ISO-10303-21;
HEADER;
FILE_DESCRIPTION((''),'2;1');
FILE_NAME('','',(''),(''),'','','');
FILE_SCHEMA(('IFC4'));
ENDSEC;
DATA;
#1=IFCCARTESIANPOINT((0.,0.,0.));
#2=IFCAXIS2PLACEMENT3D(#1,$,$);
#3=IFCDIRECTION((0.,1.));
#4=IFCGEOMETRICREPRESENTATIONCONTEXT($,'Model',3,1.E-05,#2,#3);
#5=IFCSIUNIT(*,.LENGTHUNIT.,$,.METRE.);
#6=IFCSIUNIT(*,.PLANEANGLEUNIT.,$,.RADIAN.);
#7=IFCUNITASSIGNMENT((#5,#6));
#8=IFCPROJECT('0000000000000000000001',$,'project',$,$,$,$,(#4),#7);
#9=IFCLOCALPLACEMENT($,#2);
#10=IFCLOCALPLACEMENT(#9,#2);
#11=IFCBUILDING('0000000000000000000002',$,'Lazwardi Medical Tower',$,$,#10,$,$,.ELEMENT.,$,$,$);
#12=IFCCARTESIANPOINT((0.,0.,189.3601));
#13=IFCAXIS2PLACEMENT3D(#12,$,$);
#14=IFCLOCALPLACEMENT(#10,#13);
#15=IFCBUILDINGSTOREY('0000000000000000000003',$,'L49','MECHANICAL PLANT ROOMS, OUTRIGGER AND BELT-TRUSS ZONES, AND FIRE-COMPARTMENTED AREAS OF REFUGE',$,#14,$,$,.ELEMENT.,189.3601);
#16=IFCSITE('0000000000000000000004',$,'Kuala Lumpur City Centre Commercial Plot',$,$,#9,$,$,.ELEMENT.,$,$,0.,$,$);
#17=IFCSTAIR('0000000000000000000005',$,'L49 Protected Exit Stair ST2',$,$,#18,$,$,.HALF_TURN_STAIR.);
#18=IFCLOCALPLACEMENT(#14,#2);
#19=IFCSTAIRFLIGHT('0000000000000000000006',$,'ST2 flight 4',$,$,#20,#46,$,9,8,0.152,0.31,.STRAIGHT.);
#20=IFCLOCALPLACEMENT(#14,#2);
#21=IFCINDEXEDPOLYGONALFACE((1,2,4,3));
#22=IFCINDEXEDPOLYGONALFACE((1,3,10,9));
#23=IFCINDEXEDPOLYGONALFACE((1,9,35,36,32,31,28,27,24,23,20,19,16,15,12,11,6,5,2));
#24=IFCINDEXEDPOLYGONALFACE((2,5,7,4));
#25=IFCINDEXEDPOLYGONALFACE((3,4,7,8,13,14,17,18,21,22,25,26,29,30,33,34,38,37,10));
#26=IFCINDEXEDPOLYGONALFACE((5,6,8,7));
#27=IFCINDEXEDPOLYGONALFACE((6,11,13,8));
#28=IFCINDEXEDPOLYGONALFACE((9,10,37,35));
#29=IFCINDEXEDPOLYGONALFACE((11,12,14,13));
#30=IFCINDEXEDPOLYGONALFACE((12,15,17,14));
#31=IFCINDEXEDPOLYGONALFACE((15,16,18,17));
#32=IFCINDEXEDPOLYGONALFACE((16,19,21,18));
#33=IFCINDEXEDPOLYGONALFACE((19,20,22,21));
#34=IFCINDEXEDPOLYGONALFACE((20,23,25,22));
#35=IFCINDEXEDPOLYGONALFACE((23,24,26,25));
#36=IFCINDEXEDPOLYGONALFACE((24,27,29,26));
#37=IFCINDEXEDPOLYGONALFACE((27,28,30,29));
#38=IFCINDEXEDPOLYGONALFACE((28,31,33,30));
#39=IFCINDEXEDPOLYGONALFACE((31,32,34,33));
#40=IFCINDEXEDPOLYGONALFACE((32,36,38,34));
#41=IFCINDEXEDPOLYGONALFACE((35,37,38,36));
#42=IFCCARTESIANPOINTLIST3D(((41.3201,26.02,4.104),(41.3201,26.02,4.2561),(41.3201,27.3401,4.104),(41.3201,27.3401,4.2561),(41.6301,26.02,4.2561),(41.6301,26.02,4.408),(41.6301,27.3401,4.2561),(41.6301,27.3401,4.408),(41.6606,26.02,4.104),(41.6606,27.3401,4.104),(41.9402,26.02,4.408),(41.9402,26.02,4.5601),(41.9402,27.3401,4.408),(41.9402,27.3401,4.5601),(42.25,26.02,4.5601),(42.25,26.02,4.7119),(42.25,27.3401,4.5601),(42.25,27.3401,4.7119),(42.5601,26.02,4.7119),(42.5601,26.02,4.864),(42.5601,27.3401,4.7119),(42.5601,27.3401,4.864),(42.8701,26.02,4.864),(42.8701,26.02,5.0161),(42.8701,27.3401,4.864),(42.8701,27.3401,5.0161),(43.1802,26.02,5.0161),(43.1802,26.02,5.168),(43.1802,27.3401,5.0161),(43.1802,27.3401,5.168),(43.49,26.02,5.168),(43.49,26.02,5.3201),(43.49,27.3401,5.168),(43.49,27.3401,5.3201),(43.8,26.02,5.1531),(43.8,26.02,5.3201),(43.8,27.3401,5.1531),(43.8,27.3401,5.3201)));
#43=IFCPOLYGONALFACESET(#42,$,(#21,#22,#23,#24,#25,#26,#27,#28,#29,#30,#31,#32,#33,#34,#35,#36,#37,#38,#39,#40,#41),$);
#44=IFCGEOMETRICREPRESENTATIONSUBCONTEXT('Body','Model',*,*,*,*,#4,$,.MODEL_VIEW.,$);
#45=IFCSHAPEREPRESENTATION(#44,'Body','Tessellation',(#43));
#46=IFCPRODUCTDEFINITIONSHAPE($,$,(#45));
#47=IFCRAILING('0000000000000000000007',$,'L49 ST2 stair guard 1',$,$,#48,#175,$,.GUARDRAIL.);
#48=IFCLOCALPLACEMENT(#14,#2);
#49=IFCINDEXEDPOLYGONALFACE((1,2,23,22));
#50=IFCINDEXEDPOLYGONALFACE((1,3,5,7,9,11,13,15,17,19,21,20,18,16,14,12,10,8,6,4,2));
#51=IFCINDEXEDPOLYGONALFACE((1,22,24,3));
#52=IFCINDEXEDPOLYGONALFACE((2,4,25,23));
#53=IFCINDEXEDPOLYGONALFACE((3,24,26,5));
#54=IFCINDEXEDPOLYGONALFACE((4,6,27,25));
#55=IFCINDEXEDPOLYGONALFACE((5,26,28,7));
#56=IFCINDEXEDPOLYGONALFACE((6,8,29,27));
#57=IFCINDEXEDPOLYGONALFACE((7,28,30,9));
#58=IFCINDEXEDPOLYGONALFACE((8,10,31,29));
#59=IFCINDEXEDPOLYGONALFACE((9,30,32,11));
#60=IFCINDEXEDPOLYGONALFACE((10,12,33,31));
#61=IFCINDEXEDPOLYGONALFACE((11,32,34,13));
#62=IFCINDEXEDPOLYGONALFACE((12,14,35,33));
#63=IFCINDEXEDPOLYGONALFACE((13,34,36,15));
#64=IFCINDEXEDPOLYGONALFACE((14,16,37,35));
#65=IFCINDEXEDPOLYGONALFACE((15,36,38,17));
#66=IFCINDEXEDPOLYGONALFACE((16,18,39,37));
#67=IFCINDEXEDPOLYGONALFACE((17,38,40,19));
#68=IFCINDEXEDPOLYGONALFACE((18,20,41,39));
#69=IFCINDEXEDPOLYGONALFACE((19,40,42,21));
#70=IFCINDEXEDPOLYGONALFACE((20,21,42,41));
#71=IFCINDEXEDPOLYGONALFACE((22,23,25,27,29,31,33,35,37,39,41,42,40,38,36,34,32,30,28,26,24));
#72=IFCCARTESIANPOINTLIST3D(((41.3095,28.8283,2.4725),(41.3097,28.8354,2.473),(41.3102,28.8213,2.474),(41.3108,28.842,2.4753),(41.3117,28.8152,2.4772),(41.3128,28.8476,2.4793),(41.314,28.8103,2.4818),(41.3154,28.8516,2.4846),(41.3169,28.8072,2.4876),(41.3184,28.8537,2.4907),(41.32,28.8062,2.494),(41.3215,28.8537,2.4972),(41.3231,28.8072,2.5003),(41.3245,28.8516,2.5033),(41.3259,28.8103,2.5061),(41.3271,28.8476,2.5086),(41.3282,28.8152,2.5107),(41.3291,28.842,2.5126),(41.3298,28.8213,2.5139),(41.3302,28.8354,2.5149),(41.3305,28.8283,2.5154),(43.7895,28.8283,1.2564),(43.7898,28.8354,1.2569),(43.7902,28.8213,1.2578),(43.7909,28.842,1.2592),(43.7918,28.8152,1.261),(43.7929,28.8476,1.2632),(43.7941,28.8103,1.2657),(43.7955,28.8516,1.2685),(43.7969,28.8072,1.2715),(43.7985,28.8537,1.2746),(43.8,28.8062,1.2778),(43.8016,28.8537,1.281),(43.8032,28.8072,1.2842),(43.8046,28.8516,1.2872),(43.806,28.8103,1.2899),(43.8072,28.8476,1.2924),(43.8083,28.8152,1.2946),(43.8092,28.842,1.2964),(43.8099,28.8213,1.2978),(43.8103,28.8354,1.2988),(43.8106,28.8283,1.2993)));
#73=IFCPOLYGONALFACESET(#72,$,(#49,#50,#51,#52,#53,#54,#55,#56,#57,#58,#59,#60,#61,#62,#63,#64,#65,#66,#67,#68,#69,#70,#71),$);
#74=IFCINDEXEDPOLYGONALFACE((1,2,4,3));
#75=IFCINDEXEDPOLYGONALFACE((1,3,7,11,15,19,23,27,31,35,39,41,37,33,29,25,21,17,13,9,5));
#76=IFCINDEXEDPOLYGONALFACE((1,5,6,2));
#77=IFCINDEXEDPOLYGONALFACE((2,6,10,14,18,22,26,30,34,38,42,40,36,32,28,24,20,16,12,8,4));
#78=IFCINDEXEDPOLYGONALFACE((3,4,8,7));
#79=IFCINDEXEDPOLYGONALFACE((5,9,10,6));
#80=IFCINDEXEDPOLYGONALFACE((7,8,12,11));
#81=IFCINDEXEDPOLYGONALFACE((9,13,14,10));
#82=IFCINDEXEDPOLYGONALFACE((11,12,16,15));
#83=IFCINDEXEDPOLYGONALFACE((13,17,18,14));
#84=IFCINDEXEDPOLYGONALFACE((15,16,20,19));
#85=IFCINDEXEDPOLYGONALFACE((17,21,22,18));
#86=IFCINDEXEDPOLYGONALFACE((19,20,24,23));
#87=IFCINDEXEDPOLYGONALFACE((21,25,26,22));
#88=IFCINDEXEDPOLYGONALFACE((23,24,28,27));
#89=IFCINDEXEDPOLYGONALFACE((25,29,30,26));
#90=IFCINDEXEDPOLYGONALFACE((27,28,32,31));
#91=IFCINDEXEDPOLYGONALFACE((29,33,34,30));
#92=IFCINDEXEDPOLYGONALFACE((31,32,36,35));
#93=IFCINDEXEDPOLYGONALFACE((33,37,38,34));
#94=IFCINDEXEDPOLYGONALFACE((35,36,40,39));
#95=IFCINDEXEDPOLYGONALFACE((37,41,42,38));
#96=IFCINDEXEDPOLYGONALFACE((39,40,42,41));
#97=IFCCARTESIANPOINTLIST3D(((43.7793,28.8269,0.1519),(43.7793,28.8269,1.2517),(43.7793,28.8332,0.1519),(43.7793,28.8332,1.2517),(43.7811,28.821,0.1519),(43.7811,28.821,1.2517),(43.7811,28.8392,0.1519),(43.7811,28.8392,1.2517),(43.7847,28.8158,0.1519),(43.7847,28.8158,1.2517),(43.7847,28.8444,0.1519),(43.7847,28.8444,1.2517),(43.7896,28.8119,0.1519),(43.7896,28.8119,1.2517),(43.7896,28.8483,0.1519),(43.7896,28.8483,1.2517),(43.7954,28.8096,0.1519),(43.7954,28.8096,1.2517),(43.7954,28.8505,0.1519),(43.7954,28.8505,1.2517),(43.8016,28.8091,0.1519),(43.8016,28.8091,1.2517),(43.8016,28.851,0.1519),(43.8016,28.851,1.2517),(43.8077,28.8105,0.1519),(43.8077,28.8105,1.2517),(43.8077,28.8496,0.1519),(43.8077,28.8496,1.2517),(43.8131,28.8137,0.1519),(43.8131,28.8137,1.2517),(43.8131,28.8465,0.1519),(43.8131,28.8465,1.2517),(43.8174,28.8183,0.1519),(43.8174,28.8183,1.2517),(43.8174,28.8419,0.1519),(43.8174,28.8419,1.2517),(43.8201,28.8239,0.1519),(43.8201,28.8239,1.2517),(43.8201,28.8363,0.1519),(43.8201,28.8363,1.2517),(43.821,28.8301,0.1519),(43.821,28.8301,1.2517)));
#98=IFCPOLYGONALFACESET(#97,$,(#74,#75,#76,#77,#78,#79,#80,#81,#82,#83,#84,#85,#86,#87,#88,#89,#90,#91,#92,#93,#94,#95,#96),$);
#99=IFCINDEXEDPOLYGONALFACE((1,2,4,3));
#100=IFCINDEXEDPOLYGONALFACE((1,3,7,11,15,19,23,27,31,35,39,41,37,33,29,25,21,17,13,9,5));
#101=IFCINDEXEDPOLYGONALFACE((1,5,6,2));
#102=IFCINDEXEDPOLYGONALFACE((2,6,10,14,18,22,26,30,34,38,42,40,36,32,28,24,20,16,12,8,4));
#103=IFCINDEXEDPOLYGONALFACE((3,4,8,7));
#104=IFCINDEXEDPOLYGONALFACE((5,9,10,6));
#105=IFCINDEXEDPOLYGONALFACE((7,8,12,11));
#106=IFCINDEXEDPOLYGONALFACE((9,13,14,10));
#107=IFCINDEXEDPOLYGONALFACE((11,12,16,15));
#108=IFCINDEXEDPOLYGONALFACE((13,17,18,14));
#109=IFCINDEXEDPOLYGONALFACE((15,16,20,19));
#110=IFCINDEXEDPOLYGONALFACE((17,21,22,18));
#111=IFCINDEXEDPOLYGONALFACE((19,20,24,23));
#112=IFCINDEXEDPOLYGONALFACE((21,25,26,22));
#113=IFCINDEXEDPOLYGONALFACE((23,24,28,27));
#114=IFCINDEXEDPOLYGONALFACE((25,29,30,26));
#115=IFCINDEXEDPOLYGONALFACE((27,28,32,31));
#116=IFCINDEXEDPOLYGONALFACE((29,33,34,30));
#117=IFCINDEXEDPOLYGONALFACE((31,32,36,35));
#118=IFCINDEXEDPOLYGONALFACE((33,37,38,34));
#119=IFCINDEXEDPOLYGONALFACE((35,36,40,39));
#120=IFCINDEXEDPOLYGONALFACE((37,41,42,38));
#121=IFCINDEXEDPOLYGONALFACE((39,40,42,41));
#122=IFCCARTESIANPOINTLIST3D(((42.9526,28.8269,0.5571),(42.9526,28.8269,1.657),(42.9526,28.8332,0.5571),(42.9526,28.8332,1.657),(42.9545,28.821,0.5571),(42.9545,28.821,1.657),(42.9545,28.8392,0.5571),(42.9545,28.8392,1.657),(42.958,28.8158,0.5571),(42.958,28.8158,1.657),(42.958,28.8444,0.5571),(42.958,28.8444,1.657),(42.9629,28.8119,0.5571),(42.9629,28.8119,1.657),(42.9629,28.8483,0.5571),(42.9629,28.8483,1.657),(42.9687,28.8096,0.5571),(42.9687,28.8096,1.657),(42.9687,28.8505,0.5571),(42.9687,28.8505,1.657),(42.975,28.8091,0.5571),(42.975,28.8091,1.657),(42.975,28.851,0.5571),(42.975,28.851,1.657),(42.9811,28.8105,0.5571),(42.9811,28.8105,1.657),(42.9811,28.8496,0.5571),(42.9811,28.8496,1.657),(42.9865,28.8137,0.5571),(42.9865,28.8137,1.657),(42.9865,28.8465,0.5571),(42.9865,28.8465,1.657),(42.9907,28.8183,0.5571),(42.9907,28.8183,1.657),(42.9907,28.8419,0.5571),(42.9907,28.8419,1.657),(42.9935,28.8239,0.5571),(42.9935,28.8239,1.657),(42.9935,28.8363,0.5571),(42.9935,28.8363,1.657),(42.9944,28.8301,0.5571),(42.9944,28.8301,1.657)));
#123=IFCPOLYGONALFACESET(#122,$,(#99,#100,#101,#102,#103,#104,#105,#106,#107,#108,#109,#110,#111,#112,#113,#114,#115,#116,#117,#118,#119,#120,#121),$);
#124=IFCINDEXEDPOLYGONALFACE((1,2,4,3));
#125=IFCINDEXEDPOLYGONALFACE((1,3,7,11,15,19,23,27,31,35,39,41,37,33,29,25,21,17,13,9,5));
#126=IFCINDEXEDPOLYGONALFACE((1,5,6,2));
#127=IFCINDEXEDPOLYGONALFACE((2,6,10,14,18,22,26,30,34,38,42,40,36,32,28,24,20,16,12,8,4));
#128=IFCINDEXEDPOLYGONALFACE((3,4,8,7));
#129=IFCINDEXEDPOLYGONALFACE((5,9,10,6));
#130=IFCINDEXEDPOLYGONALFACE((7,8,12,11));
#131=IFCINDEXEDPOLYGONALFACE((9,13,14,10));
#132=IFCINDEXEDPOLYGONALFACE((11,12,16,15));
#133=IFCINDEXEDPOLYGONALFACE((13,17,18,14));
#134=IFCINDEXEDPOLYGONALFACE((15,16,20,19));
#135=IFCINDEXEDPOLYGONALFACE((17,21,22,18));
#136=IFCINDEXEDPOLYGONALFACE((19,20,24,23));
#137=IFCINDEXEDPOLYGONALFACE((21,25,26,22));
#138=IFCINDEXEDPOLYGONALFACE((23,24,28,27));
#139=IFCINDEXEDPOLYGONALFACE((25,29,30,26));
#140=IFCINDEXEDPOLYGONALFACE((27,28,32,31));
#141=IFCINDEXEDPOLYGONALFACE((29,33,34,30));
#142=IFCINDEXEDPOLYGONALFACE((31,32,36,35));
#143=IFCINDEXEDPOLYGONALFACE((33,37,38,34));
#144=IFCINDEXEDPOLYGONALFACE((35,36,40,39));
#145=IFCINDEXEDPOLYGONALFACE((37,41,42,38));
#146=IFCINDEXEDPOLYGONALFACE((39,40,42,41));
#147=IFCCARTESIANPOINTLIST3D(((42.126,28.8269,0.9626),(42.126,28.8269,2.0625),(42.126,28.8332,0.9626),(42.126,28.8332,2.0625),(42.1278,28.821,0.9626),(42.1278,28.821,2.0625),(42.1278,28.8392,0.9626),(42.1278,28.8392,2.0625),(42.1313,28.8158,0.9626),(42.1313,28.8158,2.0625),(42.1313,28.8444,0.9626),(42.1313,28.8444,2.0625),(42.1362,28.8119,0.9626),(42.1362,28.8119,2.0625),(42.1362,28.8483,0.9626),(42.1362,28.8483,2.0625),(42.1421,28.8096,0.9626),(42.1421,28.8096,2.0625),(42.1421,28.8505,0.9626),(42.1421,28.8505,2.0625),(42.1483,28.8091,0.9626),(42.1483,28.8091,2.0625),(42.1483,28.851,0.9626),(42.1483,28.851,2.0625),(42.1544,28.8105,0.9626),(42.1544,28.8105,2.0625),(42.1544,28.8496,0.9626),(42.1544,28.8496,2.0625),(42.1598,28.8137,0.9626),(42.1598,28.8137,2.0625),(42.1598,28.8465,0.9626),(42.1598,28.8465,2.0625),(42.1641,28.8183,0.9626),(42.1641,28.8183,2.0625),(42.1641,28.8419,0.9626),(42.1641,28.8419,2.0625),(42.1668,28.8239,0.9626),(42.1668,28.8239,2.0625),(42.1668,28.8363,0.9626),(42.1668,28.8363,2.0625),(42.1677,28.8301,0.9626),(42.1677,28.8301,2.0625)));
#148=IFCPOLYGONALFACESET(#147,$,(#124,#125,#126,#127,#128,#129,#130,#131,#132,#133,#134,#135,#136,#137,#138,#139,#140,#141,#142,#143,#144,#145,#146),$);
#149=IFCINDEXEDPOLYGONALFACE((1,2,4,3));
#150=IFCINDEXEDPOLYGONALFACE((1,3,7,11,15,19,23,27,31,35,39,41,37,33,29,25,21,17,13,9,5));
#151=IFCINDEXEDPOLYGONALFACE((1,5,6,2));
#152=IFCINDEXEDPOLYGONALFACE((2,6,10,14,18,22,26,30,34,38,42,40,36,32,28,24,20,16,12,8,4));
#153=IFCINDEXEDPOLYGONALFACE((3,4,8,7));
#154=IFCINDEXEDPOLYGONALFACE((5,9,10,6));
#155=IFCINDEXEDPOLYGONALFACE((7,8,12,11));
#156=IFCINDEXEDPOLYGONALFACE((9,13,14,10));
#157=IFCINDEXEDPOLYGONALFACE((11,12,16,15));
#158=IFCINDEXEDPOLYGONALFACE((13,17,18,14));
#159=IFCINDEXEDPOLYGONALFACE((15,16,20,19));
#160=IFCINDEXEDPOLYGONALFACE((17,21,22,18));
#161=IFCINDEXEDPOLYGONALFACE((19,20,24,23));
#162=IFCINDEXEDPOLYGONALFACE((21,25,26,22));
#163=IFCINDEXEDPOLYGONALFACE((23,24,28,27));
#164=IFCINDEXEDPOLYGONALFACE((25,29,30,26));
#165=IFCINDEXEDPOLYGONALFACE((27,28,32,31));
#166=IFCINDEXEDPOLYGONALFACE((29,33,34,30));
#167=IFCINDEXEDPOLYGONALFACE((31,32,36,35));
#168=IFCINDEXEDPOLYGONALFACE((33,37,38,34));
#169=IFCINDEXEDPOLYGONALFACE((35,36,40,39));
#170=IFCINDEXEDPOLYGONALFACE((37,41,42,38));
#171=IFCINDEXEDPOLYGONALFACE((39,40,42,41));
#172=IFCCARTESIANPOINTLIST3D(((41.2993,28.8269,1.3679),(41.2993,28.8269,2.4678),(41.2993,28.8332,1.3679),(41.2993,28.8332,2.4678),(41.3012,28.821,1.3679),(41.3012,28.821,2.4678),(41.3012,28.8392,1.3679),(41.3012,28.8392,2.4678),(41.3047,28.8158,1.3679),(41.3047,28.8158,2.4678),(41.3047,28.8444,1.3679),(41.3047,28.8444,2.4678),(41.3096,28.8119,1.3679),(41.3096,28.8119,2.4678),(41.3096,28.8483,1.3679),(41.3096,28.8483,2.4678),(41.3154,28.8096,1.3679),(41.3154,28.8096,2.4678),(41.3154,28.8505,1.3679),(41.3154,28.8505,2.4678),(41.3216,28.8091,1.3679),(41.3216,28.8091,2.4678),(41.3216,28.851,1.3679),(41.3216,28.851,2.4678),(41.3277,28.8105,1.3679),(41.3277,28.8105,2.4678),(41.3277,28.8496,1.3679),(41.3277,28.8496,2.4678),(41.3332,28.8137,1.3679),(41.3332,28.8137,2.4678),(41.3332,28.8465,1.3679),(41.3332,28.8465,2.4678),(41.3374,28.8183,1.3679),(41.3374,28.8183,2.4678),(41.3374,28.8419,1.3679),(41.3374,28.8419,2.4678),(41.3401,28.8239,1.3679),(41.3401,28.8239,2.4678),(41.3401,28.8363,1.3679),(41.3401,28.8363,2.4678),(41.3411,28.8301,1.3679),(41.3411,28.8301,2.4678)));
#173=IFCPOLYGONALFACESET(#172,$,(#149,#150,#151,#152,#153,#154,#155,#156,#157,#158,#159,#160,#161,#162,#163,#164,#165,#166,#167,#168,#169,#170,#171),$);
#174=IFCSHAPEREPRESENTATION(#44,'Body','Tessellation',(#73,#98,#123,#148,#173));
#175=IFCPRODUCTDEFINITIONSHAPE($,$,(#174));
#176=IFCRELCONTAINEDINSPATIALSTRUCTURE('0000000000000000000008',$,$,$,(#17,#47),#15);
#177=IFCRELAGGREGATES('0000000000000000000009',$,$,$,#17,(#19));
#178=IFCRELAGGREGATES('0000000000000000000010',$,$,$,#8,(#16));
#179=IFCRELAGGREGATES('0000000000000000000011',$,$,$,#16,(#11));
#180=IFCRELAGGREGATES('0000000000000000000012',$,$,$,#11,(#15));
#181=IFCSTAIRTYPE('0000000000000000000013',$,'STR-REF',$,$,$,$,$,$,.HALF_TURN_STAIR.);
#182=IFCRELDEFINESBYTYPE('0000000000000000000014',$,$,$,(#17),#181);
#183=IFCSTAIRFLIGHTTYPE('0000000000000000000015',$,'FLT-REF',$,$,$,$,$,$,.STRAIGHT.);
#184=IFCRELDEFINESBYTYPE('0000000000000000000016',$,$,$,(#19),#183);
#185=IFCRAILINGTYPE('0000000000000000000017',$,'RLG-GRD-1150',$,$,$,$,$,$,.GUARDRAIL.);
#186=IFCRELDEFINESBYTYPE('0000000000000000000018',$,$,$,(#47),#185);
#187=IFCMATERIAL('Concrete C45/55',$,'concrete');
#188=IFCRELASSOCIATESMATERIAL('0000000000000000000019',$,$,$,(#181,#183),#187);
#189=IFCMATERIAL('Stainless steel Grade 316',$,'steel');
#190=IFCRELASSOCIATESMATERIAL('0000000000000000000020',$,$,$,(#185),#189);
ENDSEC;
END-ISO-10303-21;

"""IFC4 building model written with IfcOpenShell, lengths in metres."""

from ifc_helpers import new_model, si_unit, direction, frame, origin, origin_2d, place, context, subcontext, project, spatial, polyline, circle, outline, extrude, material, type_object, element, aggregate, save


model = new_model("IFC4")

# Units and contexts
model_context = context("Model", 3, precision=1e-05, world=origin(), true_north=direction((0.0, 1.0)))
body_context = subcontext(model_context, "Body", "Model", "MODEL_VIEW")
ifc_project = project(units=[si_unit("LENGTHUNIT", "METRE"), si_unit("PLANEANGLEUNIT", "RADIAN")], contexts=[model_context])

# Site, building, storey
site_placement = place(None, origin())
site = spatial("IfcSite", under=ifc_project, at=site_placement, Name="Kuala Lumpur City Centre Commercial Plot", CompositionType="ELEMENT", RefElevation=0.0)
building_placement = place(site_placement, origin())
building = spatial("IfcBuilding", under=site, at=building_placement, Name="Lazwardi Medical Tower", CompositionType="ELEMENT")
storey_placement = place(building_placement, frame((0.0, 0.0, 189.3601)))
storey = spatial("IfcBuildingStorey", under=building, at=storey_placement, Name="L49", Description="MECHANICAL PLANT ROOMS, OUTRIGGER AND BELT-TRUSS ZONES, AND FIRE-COMPARTMENTED AREAS OF REFUGE", CompositionType="ELEMENT", Elevation=189.3601)

# Stair, stair flight
ifc_material_1 = material(Name="Concrete C45/55", Category="concrete")
stair_type = type_object("IfcStairType", Name="STR-REF", PredefinedType="HALF_TURN_STAIR", material=ifc_material_1)
stair_placement = place(storey_placement, origin())
stair = element("IfcStair", 1, at=stair_placement, inside=storey, type_object=stair_type, Name="L49 Protected Exit Stair ST2", PredefinedType="HALF_TURN_STAIR")
stair_flight_type = type_object("IfcStairFlightType", Name="FLT-REF", PredefinedType="STRAIGHT", material=ifc_material_1)
stair_flight_1_placement = place(storey_placement, frame((41.3201, 26.6799, 4.104), z_axis=(0.0, 0.0, 1.0), x_axis=(1.0, 0.0, 0.0)))
stair_flight_1 = element("IfcStairFlight", 2, at=stair_flight_1_placement, type_object=stair_flight_type, Name="ST2 flight 4", NumberOfRisers=9, NumberOfTreads=8, PredefinedType="STRAIGHT", RiserHeight=0.152, TreadLength=0.31, context=body_context, shape_type="SweptSolid", body=[
    extrude(outline(polyline([(0.0, 0.0), (0.0, 0.1521), (0.3101, 0.1521), (0.3101, 0.304), (0.6201, 0.304), (0.6201, 0.4561), (0.9299, 0.4561), (0.9299, 0.6079), (1.24, 0.6079), (1.24, 0.76), (1.55, 0.76), (1.55, 0.9121), (1.8601, 0.9121), (1.8601, 1.064), (2.1699, 1.064), (2.1699, 1.2161), (2.48, 1.2161), (2.48, 1.3679), (2.48, 1.0491), (0.3406, 0.0), (0.0, 0.0)])), frame((0.0, 0.6602, 0.0), z_axis=(0.0, -1.0, 0.0), x_axis=(1.0, 0.0, 0.0)), (0.0, 0.0, 1.0), 1.3201),
])
aggregate(stair, [stair_flight_1])

# Railing
ifc_material_2 = material(Name="Stainless steel Grade 316", Category="steel")
railing_type_1 = type_object("IfcRailingType", Name="RLG-GRD-1150", PredefinedType="GUARDRAIL", material=ifc_material_2)
railing_1_placement = place(storey_placement, frame((43.8, 28.8301, 0.1519)))
element("IfcRailing", 3, at=railing_1_placement, inside=storey, type_object=railing_type_1, Name="L49 ST2 stair guard 1", PredefinedType="GUARDRAIL", context=body_context, shape_type="SweptSolid", body=[
    extrude(circle(Radius=0.0239, at=origin_2d()), frame((0.0, 0.0, 1.126), z_axis=(-0.897865, 0.0, 0.44027), x_axis=(0.0, -1.0, 0.0)), (0.0, 0.0, 1.0), 2.7622),
    extrude(circle(Radius=0.021, at=origin_2d()), origin(), (0.0, 0.0, 1.0), 1.0999),
    extrude(circle(Radius=0.021, at=origin_2d()), frame((-0.8267, 0.0, 0.4053)), (0.0, 0.0, 1.0), 1.0999),
    extrude(circle(Radius=0.021, at=origin_2d()), frame((-1.6533, 0.0, 0.8108)), (0.0, 0.0, 1.0), 1.0999),
    extrude(circle(Radius=0.021, at=origin_2d()), frame((-2.48, 0.0, 1.2161)), (0.0, 0.0, 1.0), 1.0999),
])

save(model, "model.ifc")
